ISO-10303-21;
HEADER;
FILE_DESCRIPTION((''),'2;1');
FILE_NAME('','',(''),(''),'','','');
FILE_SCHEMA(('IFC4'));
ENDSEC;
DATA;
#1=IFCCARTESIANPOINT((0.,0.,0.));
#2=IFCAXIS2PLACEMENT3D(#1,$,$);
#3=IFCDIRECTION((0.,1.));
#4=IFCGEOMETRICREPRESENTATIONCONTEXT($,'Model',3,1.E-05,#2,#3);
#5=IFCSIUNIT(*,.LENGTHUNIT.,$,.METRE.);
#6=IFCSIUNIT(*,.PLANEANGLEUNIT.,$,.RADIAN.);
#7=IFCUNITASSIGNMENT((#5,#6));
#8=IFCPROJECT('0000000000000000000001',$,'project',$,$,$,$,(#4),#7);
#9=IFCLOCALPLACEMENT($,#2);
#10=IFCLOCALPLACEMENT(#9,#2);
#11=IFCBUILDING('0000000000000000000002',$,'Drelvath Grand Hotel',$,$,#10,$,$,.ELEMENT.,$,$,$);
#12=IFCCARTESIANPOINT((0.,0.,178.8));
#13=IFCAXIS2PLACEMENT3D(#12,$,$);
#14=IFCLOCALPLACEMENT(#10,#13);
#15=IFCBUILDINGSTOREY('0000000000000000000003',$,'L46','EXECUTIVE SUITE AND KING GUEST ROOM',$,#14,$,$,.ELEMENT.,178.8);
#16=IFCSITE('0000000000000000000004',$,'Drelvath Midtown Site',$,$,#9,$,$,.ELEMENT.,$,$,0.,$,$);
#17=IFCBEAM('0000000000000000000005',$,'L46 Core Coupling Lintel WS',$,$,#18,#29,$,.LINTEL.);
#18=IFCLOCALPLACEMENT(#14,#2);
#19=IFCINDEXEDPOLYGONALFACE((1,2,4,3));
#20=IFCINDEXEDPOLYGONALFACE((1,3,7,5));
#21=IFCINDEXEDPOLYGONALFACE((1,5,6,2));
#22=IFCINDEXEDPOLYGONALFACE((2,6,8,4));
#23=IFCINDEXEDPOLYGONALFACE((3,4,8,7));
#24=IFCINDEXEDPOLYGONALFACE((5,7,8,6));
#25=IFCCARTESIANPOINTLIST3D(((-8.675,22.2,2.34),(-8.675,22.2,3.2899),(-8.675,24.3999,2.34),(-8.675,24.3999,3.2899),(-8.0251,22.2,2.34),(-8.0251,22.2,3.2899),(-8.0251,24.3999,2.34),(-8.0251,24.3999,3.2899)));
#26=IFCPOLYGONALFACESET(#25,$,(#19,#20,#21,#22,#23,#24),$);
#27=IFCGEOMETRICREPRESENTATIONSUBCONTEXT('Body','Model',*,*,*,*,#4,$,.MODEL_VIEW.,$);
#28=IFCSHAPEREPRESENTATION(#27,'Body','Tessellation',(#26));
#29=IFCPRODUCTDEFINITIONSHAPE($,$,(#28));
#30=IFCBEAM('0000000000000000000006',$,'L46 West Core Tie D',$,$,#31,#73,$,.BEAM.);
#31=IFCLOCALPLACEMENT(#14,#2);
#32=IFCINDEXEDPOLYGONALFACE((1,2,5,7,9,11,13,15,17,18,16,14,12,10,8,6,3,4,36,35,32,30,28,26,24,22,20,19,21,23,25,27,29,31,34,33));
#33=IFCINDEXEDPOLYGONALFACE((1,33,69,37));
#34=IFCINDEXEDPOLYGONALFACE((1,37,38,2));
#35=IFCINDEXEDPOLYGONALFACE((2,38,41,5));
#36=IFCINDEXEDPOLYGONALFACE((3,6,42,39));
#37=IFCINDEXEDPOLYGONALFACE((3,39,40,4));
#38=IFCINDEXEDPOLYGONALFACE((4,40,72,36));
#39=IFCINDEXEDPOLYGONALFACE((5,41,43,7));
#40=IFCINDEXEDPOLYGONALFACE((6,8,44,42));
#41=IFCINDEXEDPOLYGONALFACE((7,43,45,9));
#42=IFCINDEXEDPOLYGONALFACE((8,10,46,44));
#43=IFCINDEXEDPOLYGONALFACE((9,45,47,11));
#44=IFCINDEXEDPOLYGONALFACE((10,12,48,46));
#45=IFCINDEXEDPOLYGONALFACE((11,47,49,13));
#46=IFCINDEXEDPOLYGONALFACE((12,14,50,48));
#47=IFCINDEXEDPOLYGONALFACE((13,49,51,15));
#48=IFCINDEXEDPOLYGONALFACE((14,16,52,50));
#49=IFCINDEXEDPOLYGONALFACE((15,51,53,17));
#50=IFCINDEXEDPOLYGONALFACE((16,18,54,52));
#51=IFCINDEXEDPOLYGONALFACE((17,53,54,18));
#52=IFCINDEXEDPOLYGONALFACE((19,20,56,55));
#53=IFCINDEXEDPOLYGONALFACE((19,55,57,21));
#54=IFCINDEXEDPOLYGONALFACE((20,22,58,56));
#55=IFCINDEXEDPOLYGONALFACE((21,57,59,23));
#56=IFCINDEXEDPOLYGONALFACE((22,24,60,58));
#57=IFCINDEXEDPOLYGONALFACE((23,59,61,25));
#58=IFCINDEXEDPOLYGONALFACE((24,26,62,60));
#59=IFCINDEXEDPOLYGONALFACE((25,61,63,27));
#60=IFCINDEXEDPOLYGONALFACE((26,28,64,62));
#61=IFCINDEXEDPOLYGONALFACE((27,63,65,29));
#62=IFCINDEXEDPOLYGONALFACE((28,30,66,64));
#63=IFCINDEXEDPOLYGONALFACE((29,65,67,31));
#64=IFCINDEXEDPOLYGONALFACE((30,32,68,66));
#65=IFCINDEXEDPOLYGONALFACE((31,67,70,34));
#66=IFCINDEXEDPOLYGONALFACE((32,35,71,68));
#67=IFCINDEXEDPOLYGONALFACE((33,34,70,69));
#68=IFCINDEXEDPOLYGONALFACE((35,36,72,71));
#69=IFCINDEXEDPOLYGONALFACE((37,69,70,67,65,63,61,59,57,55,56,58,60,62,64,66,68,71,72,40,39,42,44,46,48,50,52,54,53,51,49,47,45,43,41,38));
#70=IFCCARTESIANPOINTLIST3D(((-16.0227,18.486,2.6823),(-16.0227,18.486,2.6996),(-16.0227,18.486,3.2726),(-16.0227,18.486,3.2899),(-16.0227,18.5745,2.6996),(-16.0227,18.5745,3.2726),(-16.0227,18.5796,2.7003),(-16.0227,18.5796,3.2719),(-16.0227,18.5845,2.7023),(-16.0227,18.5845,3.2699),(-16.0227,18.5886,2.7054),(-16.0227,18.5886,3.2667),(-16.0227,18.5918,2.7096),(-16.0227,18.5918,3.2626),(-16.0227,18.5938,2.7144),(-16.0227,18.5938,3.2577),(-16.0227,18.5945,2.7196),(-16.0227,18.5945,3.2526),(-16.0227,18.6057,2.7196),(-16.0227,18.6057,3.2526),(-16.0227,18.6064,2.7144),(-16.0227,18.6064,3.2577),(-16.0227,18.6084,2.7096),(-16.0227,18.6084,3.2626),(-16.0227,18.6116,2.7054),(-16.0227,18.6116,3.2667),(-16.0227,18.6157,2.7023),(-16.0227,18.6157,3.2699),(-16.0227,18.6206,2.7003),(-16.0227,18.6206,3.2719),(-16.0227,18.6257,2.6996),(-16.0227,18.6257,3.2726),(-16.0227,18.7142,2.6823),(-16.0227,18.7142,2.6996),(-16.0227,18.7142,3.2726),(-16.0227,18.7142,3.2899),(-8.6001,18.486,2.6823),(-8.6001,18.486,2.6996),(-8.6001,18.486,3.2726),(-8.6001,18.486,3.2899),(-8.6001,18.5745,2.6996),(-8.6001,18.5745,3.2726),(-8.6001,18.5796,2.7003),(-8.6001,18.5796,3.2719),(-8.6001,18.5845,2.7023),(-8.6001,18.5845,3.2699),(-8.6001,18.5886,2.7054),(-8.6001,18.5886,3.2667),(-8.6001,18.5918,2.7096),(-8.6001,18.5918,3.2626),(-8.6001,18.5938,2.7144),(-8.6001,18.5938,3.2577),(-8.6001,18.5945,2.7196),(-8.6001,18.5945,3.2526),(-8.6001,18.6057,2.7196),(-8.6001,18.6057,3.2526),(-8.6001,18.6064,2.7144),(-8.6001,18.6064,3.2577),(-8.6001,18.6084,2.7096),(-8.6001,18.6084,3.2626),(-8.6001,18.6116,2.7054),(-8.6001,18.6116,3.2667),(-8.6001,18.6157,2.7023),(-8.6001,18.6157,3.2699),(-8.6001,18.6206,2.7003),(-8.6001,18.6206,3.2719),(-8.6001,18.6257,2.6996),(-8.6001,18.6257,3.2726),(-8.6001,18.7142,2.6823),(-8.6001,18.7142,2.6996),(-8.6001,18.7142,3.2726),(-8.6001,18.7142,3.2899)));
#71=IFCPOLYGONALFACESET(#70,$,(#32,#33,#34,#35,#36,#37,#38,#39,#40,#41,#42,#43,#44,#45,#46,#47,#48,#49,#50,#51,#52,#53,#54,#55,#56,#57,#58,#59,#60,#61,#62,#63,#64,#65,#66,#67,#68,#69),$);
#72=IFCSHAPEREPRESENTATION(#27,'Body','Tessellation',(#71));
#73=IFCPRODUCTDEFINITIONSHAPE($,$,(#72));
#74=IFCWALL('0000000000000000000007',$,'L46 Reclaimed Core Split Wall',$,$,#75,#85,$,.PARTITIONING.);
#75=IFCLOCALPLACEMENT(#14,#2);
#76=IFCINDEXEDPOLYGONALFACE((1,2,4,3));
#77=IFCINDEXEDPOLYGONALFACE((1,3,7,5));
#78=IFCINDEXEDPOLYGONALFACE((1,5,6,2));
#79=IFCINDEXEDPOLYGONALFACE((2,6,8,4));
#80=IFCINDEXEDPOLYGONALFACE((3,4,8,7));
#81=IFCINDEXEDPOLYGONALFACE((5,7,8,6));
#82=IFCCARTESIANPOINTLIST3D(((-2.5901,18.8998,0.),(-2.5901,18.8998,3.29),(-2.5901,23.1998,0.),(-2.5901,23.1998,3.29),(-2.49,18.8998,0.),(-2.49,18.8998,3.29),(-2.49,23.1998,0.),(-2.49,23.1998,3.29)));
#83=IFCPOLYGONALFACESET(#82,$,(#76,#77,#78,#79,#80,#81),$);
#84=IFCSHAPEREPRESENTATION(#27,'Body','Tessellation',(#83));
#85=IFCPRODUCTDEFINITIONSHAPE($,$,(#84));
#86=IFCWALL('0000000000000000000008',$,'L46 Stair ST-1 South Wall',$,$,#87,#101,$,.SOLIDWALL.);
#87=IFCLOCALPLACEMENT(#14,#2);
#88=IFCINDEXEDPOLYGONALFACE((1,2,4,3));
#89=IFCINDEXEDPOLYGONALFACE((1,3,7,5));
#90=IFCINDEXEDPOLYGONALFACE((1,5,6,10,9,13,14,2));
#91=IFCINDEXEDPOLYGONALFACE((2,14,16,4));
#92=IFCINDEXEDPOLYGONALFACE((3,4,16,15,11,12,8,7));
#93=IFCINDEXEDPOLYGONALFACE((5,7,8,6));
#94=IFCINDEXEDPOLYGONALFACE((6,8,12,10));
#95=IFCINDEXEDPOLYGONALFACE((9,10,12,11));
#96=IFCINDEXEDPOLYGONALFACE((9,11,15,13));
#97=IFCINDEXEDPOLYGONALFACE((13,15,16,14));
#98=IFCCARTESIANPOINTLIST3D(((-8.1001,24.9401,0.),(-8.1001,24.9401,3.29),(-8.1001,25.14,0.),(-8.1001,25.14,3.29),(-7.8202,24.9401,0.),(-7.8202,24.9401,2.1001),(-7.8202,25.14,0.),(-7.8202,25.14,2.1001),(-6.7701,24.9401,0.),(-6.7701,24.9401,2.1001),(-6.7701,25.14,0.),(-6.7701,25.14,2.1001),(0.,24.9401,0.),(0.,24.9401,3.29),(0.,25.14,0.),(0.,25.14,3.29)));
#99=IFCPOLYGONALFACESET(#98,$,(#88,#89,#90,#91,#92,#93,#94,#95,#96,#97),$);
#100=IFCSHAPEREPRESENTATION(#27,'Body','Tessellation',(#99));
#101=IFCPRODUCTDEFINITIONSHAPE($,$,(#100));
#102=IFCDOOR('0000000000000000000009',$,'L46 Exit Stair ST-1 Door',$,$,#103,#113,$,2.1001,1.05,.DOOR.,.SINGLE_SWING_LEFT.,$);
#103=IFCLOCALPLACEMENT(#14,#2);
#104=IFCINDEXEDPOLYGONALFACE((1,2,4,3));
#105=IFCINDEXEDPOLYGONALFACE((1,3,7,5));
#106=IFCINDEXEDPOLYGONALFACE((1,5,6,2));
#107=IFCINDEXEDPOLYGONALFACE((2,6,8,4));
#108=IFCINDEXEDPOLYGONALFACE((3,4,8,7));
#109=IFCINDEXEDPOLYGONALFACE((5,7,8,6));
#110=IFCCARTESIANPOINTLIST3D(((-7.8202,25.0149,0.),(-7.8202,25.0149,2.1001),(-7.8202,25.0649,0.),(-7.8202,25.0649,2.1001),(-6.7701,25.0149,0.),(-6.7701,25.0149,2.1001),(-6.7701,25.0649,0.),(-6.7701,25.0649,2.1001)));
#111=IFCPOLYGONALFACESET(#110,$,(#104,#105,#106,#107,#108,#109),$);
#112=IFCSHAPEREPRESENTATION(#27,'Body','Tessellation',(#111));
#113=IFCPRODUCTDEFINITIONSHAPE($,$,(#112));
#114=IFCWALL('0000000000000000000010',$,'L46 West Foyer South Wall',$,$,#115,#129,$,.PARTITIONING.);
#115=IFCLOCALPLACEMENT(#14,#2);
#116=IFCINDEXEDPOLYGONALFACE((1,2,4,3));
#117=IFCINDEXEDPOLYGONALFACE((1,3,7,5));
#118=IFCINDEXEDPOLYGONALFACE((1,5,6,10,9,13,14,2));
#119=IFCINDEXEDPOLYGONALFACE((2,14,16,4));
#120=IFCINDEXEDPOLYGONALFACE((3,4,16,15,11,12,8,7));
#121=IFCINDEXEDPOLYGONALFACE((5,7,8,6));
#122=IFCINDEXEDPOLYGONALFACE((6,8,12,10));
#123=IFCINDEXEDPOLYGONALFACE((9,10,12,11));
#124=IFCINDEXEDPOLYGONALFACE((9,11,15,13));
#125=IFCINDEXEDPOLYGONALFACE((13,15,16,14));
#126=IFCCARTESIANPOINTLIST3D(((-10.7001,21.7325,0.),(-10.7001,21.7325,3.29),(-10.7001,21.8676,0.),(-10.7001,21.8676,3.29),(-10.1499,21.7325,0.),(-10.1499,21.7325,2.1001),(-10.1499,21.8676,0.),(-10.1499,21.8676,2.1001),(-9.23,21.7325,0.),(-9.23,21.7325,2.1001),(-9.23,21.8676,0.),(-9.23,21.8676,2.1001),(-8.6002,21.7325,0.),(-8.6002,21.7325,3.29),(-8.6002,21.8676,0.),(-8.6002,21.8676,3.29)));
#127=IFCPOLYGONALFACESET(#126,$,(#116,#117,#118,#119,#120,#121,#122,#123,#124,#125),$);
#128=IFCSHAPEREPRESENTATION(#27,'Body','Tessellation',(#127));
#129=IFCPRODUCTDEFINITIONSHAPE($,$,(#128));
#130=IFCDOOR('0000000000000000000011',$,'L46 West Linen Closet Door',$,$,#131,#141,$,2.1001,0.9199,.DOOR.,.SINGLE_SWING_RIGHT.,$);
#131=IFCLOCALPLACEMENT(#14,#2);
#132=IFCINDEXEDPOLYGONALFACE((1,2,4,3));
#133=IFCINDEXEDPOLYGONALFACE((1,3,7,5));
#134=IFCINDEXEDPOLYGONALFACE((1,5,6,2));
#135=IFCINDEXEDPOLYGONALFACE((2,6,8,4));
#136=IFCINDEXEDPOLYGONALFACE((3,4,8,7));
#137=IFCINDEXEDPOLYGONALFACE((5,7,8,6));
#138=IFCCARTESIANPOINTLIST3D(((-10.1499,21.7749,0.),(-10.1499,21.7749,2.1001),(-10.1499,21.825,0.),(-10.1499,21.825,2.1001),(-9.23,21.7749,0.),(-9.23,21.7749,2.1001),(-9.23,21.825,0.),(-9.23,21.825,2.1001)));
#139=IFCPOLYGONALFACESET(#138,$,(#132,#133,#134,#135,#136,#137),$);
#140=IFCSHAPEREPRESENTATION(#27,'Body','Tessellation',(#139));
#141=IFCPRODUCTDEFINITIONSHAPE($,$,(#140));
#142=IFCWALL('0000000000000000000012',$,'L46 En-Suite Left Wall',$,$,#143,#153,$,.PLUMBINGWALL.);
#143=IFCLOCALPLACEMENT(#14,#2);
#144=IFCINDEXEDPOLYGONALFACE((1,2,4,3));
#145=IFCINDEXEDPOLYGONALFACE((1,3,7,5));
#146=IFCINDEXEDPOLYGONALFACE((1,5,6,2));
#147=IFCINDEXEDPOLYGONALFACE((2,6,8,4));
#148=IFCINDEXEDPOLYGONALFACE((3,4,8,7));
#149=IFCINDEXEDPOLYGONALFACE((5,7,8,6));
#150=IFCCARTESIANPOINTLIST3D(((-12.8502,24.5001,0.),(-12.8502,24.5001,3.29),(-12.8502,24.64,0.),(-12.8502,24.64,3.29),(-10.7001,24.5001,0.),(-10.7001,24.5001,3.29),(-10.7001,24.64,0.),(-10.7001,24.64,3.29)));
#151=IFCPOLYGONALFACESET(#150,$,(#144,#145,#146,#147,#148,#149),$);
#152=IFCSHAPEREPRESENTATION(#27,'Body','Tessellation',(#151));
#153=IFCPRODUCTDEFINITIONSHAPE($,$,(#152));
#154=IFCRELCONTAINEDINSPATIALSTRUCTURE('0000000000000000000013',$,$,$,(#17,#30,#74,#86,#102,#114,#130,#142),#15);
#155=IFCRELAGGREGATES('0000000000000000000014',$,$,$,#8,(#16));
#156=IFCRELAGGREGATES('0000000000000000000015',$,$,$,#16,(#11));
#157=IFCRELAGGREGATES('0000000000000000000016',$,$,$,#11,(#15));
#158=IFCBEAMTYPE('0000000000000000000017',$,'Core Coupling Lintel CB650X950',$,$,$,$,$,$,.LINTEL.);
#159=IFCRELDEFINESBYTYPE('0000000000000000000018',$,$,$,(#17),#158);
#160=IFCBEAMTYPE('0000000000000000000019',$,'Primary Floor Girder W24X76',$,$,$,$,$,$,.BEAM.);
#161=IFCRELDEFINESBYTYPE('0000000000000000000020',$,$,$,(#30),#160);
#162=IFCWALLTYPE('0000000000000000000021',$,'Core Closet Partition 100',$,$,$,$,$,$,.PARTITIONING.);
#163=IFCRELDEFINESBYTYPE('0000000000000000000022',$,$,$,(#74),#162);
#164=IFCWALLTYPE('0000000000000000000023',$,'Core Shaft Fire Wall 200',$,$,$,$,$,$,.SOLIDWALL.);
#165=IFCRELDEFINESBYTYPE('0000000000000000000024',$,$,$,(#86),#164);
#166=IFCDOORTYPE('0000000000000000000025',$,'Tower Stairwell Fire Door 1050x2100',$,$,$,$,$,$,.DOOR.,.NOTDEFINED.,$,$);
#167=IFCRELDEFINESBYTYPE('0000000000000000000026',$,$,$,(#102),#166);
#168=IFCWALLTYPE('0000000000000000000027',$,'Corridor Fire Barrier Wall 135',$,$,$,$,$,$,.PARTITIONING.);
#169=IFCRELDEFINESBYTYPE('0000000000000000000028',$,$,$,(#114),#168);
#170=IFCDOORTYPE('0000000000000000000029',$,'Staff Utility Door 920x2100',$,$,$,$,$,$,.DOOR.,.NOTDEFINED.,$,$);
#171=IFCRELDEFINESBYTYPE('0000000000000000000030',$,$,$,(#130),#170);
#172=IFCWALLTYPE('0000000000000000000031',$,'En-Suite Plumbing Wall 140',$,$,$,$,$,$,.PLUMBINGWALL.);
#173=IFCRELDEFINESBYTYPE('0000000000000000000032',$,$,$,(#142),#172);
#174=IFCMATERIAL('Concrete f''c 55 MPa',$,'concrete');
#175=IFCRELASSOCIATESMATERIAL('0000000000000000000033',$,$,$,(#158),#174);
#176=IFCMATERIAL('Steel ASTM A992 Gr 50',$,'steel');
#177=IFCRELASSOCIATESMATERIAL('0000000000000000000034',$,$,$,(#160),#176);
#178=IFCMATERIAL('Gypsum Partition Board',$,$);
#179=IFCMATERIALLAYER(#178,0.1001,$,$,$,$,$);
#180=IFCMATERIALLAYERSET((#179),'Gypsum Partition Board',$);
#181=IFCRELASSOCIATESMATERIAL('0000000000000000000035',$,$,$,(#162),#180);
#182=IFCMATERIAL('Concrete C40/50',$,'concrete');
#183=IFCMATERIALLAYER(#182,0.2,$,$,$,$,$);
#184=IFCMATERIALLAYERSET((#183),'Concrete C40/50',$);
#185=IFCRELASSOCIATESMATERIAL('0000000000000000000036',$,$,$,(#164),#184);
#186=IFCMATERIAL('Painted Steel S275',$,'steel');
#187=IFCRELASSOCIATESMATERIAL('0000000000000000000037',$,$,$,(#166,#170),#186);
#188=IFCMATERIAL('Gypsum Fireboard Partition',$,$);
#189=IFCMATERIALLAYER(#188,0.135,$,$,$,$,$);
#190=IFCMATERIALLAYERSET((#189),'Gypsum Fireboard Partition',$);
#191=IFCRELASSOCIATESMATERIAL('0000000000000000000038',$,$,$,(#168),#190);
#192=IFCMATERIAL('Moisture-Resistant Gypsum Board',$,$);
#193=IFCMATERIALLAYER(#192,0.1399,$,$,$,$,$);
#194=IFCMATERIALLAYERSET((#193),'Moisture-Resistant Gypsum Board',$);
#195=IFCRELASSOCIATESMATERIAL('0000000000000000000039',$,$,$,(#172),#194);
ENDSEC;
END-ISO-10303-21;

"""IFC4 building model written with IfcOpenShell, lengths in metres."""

from ifc_helpers import new_model, si_unit, direction, frame, frame_2d, origin, origin_2d, place, context, subcontext, project, spatial, rectangle, i_section, extrude, material, layer, layer_set, material_profile, profile_set, type_object, element, fill, save


model = new_model("IFC4")

# Units and contexts
model_context = context("Model", 3, precision=1e-05, world=origin(), true_north=direction((0.0, 1.0)))
body_context = subcontext(model_context, "Body", "Model", "MODEL_VIEW")
ifc_project = project(units=[si_unit("LENGTHUNIT", "METRE"), si_unit("PLANEANGLEUNIT", "RADIAN")], contexts=[model_context])

# Site, building, storey
site_placement = place(None, origin())
site = spatial("IfcSite", under=ifc_project, at=site_placement, Name="Drelvath Midtown Site", CompositionType="ELEMENT", RefElevation=0.0)
building_placement = place(site_placement, origin())
building = spatial("IfcBuilding", under=site, at=building_placement, Name="Drelvath Grand Hotel", CompositionType="ELEMENT")
storey_placement = place(building_placement, frame((0.0, 0.0, 178.8)))
storey = spatial("IfcBuildingStorey", under=building, at=storey_placement, Name="L46", Description="EXECUTIVE SUITE AND KING GUEST ROOM", CompositionType="ELEMENT", Elevation=178.8)

# Beams
ifc_material_1 = material(Name="Concrete f'c 55 MPa", Category="concrete")
ifc_material_profile_1 = material_profile(ifc_material_1, rectangle(XDim=0.6499, YDim=0.95, at=origin_2d()), Name="CB650X950")
ifc_profile_set_1 = profile_set([ifc_material_profile_1], Name="Concrete f'c 55 MPa")
beam_type_1 = type_object("IfcBeamType", Name="Core Coupling Lintel CB650X950", PredefinedType="LINTEL", material=ifc_profile_set_1)
beam_1_placement = place(storey_placement, frame((-8.3501, 22.2, 2.8149), z_axis=(0.0, 1.0, 0.0), x_axis=(-1.0, 0.0, 0.0)))
element("IfcBeam", 1, at=beam_1_placement, inside=storey, type_object=beam_type_1, Name="L46 Core Coupling Lintel WS", PredefinedType="LINTEL", context=body_context, shape_type="SweptSolid", body=[
    extrude(rectangle(XDim=0.6499, YDim=0.95, at=origin_2d()), origin(), (0.0, 0.0, 1.0), 2.2),
])
ifc_material_2 = material(Name="Steel ASTM A992 Gr 50", Category="steel")
ifc_material_profile_2 = material_profile(ifc_material_2, i_section(OverallWidth=0.2283, OverallDepth=0.6077, WebThickness=0.0112, FlangeThickness=0.0173, FilletRadius=0.02, at=origin_2d()), Name="W24X76")
ifc_profile_set_2 = profile_set([ifc_material_profile_2], Name="Steel ASTM A992 Gr 50")
beam_type_2 = type_object("IfcBeamType", Name="Primary Floor Girder W24X76", PredefinedType="BEAM", material=ifc_profile_set_2)
beam_2_placement = place(storey_placement, frame((-16.0227, 18.6001, 2.9861), z_axis=(1.0, 0.0, 0.0), x_axis=(0.0, 1.0, 0.0)))
element("IfcBeam", 2, at=beam_2_placement, inside=storey, type_object=beam_type_2, Name="L46 West Core Tie D", PredefinedType="BEAM", context=body_context, shape_type="SweptSolid", body=[
    extrude(i_section(OverallWidth=0.2283, OverallDepth=0.6077, WebThickness=0.0112, FlangeThickness=0.0173, FilletRadius=0.02, at=origin_2d()), origin(), (0.0, 0.0, 1.0), 7.4226),
])

# Wall
ifc_material_3 = material(Name="Gypsum Partition Board")
ifc_layer_1 = layer(ifc_material_3, 0.1001)
ifc_layer_set_1 = layer_set([ifc_layer_1], Name="Gypsum Partition Board")
wall_type_1 = type_object("IfcWallType", Name="Core Closet Partition 100", PredefinedType="PARTITIONING", material=ifc_layer_set_1)
wall_1_placement = place(storey_placement, frame((-2.54, 18.8999, 0.0), z_axis=(0.0, 0.0, 1.0), x_axis=(0.0, 1.0, 0.0)))
element("IfcWall", 3, at=wall_1_placement, inside=storey, type_object=wall_type_1, Name="L46 Reclaimed Core Split Wall", PredefinedType="PARTITIONING", context=body_context, shape_type="SweptSolid", body=[
    extrude(rectangle(XDim=4.3, YDim=0.1001, at=frame_2d((2.1499, 0.0))), origin(), (0.0, 0.0, 1.0), 3.29),
])

# Walls, openings, doors
ifc_material_4 = material(Name="Concrete C40/50", Category="concrete")
ifc_layer_2 = layer(ifc_material_4, 0.2)
ifc_layer_set_2 = layer_set([ifc_layer_2], Name="Concrete C40/50")
wall_type_2 = type_object("IfcWallType", Name="Core Shaft Fire Wall 200", PredefinedType="SOLIDWALL", material=ifc_layer_set_2)
wall_2_placement = place(storey_placement, frame((-8.1001, 25.04, 0.0), z_axis=(0.0, 0.0, 1.0), x_axis=(1.0, 0.0, 0.0)))
wall_2 = element("IfcWall", 4, at=wall_2_placement, inside=storey, type_object=wall_type_2, Name="L46 Stair ST-1 South Wall", PredefinedType="SOLIDWALL", context=body_context, shape_type="SweptSolid", body=[
    extrude(rectangle(XDim=8.1001, YDim=0.2, at=frame_2d((4.05, 0.0))), origin(), (0.0, 0.0, 1.0), 3.29),
])
opening_1_placement = place(wall_2_placement, frame((0.28, 0.0, 0.0)))
opening_1 = element("IfcOpeningElement", 5, at=opening_1_placement, cuts=wall_2, PredefinedType="OPENING", context=body_context, shape_type="SweptSolid", body=[
    extrude(rectangle(XDim=1.05, YDim=2.1001, at=frame_2d((0.5249, 1.05))), frame((0.0, 0.1099, 0.0), z_axis=(0.0, -1.0, 0.0), x_axis=(1.0, 0.0, 0.0)), (0.0, 0.0, 1.0), 0.22),
])
ifc_material_5 = material(Name="Painted Steel S275", Category="steel")
door_type_1 = type_object("IfcDoorType", Name="Tower Stairwell Fire Door 1050x2100", OperationType="NOTDEFINED", PredefinedType="DOOR", material=ifc_material_5)
door_1_placement = place(opening_1_placement, origin())
door_1 = element("IfcDoor", 6, at=door_1_placement, inside=storey, type_object=door_type_1, Name="L46 Exit Stair ST-1 Door", OperationType="SINGLE_SWING_LEFT", OverallHeight=2.1001, OverallWidth=1.05, PredefinedType="DOOR", context=body_context, shape_type="SweptSolid", body=[
    extrude(rectangle(XDim=1.05, YDim=2.1001, at=frame_2d((0.5249, 1.05))), frame((0.0, 0.0249, 0.0), z_axis=(0.0, -1.0, 0.0), x_axis=(1.0, 0.0, 0.0)), (0.0, 0.0, 1.0), 0.05),
])
fill(opening_1, door_1)
ifc_material_6 = material(Name="Gypsum Fireboard Partition")
ifc_layer_3 = layer(ifc_material_6, 0.135)
ifc_layer_set_3 = layer_set([ifc_layer_3], Name="Gypsum Fireboard Partition")
wall_type_3 = type_object("IfcWallType", Name="Corridor Fire Barrier Wall 135", PredefinedType="PARTITIONING", material=ifc_layer_set_3)
wall_3_placement = place(storey_placement, frame((-10.7, 21.8, 0.0), z_axis=(0.0, 0.0, 1.0), x_axis=(1.0, 0.0, 0.0)))
wall_3 = element("IfcWall", 7, at=wall_3_placement, inside=storey, type_object=wall_type_3, Name="L46 West Foyer South Wall", PredefinedType="PARTITIONING", context=body_context, shape_type="SweptSolid", body=[
    extrude(rectangle(XDim=2.0999, YDim=0.135, at=frame_2d((1.0498, 0.0))), origin(), (0.0, 0.0, 1.0), 3.29),
])
opening_2_placement = place(wall_3_placement, frame((0.55, 0.0, 0.0)))
opening_2 = element("IfcOpeningElement", 8, at=opening_2_placement, cuts=wall_3, PredefinedType="OPENING", context=body_context, shape_type="SweptSolid", body=[
    extrude(rectangle(XDim=0.9199, YDim=2.1001, at=frame_2d((0.46, 1.05))), frame((0.0, 0.0774, 0.0), z_axis=(0.0, -1.0, 0.0), x_axis=(1.0, 0.0, 0.0)), (0.0, 0.0, 1.0), 0.155),
])
door_type_2 = type_object("IfcDoorType", Name="Staff Utility Door 920x2100", OperationType="NOTDEFINED", PredefinedType="DOOR", material=ifc_material_5)
door_2_placement = place(opening_2_placement, origin())
door_2 = element("IfcDoor", 9, at=door_2_placement, inside=storey, type_object=door_type_2, Name="L46 West Linen Closet Door", OperationType="SINGLE_SWING_RIGHT", OverallHeight=2.1001, OverallWidth=0.9199, PredefinedType="DOOR", context=body_context, shape_type="SweptSolid", body=[
    extrude(rectangle(XDim=0.9199, YDim=2.1001, at=frame_2d((0.46, 1.05))), frame((0.0, 0.0249, 0.0), z_axis=(0.0, -1.0, 0.0), x_axis=(1.0, 0.0, 0.0)), (0.0, 0.0, 1.0), 0.05),
])
fill(opening_2, door_2)

# Wall
ifc_material_7 = material(Name="Moisture-Resistant Gypsum Board")
ifc_layer_4 = layer(ifc_material_7, 0.1399)
ifc_layer_set_4 = layer_set([ifc_layer_4], Name="Moisture-Resistant Gypsum Board")
wall_type_4 = type_object("IfcWallType", Name="En-Suite Plumbing Wall 140", PredefinedType="PLUMBINGWALL", material=ifc_layer_set_4)
wall_4_placement = place(storey_placement, frame((-10.7, 24.5701, 0.0), z_axis=(0.0, 0.0, 1.0), x_axis=(-1.0, 0.0, 0.0)))
element("IfcWall", 10, at=wall_4_placement, inside=storey, type_object=wall_type_4, Name="L46 En-Suite Left Wall", PredefinedType="PLUMBINGWALL", context=body_context, shape_type="SweptSolid", body=[
    extrude(rectangle(XDim=2.1501, YDim=0.1399, at=frame_2d((1.0752, 0.0))), origin(), (0.0, 0.0, 1.0), 3.29),
])

save(model, "model.ifc")
